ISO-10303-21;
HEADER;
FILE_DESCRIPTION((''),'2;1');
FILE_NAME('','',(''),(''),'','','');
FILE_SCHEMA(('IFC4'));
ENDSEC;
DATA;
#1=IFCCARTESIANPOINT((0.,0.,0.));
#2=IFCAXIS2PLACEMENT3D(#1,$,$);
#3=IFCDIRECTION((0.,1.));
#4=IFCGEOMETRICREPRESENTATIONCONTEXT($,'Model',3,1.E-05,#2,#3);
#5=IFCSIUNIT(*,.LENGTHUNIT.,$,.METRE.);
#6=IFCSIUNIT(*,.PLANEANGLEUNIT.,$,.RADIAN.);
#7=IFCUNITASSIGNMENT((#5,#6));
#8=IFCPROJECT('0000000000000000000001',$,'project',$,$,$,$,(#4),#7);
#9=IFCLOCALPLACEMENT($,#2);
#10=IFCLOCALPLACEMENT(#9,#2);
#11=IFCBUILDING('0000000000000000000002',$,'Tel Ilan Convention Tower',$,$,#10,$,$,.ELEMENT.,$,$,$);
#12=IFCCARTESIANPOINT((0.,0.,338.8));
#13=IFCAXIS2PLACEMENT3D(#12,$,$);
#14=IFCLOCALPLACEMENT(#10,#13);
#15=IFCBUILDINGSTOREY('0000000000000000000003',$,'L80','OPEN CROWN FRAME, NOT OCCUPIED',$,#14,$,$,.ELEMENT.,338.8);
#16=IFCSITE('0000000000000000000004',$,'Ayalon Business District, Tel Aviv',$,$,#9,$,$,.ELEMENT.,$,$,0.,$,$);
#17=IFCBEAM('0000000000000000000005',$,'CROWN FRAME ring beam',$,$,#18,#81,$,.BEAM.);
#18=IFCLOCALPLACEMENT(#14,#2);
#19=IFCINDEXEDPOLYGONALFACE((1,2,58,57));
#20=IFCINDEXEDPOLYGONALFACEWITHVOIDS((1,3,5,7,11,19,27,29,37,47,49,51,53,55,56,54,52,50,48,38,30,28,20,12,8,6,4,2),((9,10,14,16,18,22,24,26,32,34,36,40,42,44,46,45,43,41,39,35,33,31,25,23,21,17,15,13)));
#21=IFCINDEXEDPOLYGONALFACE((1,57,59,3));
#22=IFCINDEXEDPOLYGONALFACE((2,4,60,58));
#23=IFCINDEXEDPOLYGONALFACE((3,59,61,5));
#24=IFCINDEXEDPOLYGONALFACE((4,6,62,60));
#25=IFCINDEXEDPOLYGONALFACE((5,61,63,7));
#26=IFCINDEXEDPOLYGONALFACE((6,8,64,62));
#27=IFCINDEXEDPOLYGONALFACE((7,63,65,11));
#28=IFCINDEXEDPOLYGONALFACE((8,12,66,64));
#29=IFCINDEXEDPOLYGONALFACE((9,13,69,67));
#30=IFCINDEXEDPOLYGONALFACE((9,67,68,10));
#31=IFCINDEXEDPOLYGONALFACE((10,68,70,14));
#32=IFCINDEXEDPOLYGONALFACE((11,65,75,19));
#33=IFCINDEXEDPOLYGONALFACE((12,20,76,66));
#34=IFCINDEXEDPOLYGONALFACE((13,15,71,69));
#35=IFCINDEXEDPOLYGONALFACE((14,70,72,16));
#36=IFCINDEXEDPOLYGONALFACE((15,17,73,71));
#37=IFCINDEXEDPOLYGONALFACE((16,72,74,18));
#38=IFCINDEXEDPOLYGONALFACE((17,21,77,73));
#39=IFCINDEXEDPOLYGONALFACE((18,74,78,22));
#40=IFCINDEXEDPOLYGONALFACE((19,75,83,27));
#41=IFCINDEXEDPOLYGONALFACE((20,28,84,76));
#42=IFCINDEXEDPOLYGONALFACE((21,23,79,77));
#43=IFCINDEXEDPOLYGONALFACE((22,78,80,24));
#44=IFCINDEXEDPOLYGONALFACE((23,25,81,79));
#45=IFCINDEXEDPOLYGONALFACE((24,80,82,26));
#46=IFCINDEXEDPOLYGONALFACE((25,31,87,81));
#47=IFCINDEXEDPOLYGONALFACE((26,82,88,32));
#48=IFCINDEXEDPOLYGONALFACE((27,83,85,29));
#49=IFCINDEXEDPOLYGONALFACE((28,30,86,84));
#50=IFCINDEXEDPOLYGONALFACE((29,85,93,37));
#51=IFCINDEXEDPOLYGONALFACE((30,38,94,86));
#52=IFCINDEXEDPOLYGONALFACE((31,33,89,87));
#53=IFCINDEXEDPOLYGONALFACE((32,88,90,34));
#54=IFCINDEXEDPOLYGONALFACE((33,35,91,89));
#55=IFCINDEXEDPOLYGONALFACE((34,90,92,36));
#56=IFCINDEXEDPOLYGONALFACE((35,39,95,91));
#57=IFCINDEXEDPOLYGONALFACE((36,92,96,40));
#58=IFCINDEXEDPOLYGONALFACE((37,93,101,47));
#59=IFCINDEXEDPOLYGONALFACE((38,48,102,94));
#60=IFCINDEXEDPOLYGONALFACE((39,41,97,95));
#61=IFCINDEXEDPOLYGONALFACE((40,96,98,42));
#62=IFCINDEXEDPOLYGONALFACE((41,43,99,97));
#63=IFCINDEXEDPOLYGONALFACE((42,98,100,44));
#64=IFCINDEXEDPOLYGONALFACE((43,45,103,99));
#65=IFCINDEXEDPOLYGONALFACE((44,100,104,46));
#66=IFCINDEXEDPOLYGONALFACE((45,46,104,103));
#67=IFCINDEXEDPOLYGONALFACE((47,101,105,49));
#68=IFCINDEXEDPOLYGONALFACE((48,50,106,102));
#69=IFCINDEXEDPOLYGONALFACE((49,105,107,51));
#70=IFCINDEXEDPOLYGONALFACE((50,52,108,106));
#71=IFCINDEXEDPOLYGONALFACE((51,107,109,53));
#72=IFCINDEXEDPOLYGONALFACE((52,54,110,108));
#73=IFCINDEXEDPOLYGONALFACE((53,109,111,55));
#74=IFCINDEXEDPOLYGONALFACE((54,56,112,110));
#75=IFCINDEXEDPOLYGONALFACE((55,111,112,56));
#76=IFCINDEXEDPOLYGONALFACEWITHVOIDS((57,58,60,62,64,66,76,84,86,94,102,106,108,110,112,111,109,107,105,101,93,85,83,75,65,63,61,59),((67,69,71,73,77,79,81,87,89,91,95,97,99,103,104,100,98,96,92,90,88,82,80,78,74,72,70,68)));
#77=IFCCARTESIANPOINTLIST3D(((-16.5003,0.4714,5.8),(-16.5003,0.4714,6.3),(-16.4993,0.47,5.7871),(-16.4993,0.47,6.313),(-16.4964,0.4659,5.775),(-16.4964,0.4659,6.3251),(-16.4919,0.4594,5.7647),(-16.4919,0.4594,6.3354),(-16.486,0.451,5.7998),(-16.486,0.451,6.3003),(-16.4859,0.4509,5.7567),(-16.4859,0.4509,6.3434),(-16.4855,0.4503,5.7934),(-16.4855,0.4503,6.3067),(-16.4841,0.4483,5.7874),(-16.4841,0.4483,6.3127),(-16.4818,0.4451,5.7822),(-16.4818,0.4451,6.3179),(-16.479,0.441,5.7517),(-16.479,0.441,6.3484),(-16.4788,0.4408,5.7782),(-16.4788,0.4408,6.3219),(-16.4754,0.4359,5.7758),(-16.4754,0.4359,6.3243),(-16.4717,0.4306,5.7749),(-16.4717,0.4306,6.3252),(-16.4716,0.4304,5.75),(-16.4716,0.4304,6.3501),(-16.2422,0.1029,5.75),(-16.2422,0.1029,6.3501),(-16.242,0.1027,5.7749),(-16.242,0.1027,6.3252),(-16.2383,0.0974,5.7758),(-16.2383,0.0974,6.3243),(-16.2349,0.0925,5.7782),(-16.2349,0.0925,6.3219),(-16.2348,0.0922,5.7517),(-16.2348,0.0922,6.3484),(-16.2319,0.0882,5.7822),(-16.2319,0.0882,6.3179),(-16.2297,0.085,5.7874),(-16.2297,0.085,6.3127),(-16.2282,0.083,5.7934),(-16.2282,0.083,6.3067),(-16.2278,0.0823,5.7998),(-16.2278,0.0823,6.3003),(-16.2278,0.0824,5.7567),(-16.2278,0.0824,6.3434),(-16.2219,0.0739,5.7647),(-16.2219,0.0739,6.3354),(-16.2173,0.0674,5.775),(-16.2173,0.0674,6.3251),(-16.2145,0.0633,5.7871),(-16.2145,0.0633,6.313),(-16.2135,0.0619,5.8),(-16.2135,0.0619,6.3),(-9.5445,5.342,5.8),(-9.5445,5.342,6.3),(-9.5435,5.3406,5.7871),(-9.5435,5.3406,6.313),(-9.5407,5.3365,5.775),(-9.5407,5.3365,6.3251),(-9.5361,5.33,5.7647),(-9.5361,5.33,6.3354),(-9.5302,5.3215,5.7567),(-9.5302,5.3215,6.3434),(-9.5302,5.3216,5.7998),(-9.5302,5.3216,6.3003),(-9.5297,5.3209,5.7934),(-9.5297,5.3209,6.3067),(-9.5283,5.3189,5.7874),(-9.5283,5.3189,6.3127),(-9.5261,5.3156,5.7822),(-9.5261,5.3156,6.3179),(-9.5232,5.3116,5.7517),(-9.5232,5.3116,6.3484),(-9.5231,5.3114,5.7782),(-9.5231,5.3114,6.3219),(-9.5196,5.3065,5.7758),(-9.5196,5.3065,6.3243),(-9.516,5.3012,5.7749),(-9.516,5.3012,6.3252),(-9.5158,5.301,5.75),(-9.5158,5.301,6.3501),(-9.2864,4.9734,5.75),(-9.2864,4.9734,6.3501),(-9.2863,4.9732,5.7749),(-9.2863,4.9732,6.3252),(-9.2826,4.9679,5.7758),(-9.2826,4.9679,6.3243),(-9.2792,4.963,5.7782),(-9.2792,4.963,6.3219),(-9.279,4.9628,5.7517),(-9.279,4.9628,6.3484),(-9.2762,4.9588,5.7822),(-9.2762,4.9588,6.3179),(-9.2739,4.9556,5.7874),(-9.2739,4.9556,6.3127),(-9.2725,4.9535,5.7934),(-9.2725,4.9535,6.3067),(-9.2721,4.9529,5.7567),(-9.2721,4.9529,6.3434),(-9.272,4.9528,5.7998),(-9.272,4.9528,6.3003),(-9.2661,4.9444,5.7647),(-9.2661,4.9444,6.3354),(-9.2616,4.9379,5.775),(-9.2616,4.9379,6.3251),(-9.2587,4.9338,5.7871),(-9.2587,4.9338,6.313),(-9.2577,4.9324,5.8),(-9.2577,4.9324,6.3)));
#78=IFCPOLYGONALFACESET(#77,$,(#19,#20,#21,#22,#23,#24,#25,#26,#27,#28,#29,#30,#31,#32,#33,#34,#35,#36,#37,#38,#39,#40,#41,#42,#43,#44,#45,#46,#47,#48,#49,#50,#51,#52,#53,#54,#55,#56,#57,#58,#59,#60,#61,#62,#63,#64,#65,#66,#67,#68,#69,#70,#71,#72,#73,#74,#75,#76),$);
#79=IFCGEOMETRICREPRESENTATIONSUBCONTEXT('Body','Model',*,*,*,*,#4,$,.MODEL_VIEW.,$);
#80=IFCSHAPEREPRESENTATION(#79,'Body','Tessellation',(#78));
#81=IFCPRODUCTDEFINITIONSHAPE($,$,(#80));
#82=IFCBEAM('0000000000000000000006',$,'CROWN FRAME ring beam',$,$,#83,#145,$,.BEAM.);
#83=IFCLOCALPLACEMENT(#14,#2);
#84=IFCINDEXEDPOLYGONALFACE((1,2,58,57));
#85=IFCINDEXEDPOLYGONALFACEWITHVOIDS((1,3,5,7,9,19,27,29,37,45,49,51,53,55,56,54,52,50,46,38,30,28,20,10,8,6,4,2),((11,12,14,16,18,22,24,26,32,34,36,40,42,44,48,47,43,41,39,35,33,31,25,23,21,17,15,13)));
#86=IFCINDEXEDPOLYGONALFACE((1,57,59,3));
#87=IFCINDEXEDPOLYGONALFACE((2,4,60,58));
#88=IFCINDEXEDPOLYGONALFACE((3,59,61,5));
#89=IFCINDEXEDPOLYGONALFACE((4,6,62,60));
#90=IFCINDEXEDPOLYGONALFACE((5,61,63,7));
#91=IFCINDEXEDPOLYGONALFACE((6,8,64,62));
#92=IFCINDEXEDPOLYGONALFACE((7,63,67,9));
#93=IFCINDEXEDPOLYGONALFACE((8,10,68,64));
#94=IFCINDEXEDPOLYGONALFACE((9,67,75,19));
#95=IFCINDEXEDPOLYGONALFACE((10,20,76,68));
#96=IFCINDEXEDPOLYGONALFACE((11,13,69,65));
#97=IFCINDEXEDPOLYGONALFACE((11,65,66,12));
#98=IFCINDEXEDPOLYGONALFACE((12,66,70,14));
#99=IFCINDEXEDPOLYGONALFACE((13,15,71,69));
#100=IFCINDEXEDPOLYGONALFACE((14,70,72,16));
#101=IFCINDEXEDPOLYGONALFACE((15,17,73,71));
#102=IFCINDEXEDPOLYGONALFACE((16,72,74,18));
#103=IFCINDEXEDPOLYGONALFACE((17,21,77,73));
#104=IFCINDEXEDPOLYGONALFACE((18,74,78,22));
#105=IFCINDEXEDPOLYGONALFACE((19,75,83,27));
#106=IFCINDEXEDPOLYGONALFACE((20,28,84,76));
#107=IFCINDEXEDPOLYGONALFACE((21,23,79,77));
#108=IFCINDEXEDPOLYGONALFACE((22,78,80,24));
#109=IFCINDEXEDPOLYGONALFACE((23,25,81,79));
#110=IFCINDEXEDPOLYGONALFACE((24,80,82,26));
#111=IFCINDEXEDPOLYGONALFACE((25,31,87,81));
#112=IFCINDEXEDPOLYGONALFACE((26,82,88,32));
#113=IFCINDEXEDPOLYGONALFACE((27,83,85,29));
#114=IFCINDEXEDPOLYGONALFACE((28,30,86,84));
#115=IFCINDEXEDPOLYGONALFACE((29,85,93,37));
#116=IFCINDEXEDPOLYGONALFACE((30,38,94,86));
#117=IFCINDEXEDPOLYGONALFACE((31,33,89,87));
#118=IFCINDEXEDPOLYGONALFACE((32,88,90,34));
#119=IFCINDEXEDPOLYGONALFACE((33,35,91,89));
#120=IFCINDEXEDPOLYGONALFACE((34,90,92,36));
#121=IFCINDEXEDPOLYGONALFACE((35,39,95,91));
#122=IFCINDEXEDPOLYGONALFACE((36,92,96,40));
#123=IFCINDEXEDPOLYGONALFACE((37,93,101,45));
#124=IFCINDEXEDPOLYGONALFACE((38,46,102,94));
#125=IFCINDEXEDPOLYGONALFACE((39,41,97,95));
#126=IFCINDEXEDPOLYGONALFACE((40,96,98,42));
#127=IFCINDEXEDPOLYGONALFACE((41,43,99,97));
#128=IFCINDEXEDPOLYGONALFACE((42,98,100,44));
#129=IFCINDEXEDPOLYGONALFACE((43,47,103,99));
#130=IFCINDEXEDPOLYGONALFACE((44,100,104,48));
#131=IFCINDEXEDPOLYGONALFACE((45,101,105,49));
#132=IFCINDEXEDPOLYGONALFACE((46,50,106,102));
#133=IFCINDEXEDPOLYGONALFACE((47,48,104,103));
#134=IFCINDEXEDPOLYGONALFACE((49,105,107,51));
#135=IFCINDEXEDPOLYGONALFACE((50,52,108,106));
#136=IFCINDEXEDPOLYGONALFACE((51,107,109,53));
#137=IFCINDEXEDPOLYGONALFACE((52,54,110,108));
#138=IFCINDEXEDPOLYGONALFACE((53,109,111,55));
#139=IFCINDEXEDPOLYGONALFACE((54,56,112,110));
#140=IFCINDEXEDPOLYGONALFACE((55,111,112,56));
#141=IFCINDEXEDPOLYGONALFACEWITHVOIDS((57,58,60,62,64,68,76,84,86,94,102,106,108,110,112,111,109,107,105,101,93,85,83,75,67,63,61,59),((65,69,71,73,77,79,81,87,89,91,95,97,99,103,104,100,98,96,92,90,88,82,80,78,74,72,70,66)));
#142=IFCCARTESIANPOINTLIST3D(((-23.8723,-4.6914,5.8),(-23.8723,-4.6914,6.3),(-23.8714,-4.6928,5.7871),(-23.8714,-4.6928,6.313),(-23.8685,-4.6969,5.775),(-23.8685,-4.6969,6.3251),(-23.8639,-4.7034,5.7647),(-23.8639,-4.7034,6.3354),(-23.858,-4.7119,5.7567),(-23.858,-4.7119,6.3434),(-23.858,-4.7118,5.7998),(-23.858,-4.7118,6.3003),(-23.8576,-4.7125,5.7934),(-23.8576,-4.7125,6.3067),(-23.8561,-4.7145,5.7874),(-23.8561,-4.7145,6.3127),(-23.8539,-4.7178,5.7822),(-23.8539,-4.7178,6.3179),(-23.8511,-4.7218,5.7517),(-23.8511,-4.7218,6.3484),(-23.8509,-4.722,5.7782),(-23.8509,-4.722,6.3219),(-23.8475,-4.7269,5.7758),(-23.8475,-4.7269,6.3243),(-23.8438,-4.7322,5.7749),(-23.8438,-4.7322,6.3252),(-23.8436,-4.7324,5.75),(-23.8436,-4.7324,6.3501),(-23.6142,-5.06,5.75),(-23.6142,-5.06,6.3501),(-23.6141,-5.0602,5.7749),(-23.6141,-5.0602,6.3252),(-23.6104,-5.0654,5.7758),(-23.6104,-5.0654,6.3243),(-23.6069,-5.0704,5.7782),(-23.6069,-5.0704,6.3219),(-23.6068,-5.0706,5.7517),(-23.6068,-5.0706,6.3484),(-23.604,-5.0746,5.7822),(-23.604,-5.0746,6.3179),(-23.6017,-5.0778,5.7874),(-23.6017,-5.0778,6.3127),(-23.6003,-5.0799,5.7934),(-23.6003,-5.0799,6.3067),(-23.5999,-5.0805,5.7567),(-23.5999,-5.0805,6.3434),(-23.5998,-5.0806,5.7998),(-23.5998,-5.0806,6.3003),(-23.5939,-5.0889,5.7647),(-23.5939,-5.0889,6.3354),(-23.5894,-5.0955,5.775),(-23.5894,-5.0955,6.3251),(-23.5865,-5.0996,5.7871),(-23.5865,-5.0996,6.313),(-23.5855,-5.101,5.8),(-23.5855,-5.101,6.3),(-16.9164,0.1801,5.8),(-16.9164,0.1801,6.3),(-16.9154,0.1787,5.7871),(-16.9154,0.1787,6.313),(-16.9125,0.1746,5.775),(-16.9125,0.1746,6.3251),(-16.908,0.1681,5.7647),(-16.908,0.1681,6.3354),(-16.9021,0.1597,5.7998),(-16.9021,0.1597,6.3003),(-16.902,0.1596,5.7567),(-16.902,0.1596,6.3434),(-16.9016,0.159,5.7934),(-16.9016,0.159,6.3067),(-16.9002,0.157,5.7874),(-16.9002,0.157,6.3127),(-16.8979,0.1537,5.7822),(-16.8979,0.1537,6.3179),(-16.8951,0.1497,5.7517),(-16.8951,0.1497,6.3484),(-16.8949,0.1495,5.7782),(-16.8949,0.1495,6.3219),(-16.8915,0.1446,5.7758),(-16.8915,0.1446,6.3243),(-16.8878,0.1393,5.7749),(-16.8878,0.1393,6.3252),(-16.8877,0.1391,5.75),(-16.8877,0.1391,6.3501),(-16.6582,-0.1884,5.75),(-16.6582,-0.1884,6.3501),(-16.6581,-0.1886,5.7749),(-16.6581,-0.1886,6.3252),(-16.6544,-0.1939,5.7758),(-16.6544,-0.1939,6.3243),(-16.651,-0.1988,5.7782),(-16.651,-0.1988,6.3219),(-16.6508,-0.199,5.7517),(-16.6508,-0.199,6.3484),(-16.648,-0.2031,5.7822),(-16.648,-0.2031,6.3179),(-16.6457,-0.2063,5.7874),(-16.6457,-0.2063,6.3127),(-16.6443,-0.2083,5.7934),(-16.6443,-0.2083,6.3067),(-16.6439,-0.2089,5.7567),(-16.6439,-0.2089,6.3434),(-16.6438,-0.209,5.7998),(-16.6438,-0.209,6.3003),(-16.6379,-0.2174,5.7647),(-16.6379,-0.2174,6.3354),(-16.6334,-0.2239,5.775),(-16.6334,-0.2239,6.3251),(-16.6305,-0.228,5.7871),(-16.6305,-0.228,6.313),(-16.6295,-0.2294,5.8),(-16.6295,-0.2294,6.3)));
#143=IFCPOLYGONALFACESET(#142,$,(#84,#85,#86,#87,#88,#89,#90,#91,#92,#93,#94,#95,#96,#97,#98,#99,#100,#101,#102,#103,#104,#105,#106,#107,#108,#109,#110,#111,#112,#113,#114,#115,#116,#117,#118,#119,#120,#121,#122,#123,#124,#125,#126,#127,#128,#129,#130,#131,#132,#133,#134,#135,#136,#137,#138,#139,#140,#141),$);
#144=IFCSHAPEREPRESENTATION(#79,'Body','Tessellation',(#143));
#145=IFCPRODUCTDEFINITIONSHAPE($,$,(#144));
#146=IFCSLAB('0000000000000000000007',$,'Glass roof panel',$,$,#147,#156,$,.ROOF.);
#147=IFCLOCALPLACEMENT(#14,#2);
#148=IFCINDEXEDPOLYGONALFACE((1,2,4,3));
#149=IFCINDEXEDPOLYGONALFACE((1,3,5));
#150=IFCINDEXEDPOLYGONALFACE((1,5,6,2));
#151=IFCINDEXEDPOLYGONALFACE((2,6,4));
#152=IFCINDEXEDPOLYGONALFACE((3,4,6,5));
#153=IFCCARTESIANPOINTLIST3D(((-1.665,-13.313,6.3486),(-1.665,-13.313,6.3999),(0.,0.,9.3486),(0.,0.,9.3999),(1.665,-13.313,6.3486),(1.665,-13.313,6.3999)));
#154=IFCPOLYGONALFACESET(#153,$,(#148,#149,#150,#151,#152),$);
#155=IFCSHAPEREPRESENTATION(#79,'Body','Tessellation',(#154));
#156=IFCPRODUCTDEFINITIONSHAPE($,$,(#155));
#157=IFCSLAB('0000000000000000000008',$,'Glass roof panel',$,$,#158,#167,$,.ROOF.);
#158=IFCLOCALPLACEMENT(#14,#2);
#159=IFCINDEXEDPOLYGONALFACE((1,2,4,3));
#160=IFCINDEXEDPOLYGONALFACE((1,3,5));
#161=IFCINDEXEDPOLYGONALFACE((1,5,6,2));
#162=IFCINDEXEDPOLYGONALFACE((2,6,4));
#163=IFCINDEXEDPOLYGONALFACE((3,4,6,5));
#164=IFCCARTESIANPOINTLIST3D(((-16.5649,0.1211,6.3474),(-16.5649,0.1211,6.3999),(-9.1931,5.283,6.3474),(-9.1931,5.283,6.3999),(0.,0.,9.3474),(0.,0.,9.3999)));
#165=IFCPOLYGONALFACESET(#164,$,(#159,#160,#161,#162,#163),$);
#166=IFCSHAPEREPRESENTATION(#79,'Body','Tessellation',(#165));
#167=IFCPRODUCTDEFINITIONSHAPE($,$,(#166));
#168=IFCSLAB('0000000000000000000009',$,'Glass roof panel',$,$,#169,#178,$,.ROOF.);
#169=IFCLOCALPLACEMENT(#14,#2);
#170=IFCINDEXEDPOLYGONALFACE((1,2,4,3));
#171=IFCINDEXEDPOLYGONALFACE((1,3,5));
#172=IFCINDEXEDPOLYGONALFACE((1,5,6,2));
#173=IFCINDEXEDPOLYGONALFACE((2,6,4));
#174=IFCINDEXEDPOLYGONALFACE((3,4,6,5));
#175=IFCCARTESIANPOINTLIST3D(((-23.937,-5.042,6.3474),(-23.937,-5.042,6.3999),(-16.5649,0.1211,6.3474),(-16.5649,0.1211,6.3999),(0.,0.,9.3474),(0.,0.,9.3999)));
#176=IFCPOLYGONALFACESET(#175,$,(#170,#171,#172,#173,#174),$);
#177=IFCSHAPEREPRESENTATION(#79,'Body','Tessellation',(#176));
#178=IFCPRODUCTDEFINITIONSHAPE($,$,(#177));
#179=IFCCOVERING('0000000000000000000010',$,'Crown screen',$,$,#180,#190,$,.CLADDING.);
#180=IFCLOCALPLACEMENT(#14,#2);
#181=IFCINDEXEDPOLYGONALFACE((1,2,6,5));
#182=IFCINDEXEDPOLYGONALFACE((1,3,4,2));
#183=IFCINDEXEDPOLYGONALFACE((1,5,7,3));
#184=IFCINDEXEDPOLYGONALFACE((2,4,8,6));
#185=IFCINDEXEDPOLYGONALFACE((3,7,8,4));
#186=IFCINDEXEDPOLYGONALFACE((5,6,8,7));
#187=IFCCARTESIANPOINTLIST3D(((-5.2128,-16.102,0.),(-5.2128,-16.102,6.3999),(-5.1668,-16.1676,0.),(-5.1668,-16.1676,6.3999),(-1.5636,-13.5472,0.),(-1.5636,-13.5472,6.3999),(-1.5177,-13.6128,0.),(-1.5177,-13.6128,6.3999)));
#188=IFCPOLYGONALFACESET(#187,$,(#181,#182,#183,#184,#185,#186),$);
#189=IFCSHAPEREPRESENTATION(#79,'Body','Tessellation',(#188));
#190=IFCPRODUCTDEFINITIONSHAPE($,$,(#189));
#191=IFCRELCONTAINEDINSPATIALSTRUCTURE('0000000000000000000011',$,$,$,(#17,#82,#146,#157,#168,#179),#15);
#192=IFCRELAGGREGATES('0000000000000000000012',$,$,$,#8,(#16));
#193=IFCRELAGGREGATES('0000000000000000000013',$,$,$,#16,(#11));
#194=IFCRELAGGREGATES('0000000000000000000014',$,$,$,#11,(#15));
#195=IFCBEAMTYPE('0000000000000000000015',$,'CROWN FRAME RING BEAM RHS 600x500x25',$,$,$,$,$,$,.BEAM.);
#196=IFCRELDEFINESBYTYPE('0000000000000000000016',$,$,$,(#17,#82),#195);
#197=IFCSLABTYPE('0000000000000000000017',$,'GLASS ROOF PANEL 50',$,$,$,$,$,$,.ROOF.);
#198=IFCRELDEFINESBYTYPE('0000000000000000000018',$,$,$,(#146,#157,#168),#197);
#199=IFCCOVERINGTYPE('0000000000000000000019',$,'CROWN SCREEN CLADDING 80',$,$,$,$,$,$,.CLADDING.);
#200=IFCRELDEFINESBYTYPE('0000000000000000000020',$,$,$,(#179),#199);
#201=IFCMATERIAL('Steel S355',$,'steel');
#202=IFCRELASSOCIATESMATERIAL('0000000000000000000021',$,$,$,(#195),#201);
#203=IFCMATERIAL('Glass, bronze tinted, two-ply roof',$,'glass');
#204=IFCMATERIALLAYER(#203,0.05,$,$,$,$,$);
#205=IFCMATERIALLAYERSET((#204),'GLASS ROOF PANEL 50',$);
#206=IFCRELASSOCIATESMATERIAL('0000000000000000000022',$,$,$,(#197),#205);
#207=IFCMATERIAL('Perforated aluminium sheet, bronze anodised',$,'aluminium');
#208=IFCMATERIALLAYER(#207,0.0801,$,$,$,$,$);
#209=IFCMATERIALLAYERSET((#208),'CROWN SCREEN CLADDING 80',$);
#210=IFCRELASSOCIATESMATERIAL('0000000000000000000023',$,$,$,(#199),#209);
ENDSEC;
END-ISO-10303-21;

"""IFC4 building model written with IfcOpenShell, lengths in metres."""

from ifc_helpers import new_model, si_unit, direction, frame, origin, origin_2d, place, context, subcontext, project, spatial, polyline, rectangle, hollow_rectangle, outline, extrude, material, layer, layer_set, material_profile, profile_set, type_object, element, save


model = new_model("IFC4")

# Units and contexts
model_context = context("Model", 3, precision=1e-05, world=origin(), true_north=direction((0.0, 1.0)))
body_context = subcontext(model_context, "Body", "Model", "MODEL_VIEW")
ifc_project = project(units=[si_unit("LENGTHUNIT", "METRE"), si_unit("PLANEANGLEUNIT", "RADIAN")], contexts=[model_context])

# Site, building, storey
site_placement = place(None, origin())
site = spatial("IfcSite", under=ifc_project, at=site_placement, Name="Ayalon Business District, Tel Aviv", CompositionType="ELEMENT", RefElevation=0.0)
building_placement = place(site_placement, origin())
building = spatial("IfcBuilding", under=site, at=building_placement, Name="Tel Ilan Convention Tower", CompositionType="ELEMENT")
storey_placement = place(building_placement, frame((0.0, 0.0, 338.8)))
storey = spatial("IfcBuildingStorey", under=building, at=storey_placement, Name="L80", Description="OPEN CROWN FRAME, NOT OCCUPIED", CompositionType="ELEMENT", Elevation=338.8)

# Beams
ifc_material_1 = material(Name="Steel S355", Category="steel")
ifc_material_profile_1 = material_profile(ifc_material_1, hollow_rectangle(XDim=0.5, YDim=0.6001, WallThickness=0.0249, InnerFilletRadius=0.0249, OuterFilletRadius=0.05, at=origin_2d()), Name="RHS 600x500x25")
ifc_profile_set_1 = profile_set([ifc_material_profile_1], Name="Steel S355")
beam_type = type_object("IfcBeamType", Name="CROWN FRAME RING BEAM RHS 600x500x25", PredefinedType="BEAM", material=ifc_profile_set_1)
for number, where, z_axis, x_axis, name in (
    (1, (-9.4011, 5.1372, 6.05), (-0.819147, -0.573584, 0.0), (0.573584, -0.819147, 0.0), "CROWN FRAME ring beam"),
):
    element("IfcBeam", number, at=place(storey_placement, frame(where, z_axis=z_axis, x_axis=x_axis)), inside=storey, type_object=beam_type, Name=name, PredefinedType="BEAM", context=body_context, shape_type="SweptSolid", body=[
        extrude(hollow_rectangle(XDim=0.5, YDim=0.6001, WallThickness=0.0249, InnerFilletRadius=0.0249, OuterFilletRadius=0.05, at=origin_2d()), origin(), (0.0, 0.0, 1.0), 8.4915),
    ])
beam_placement = place(storey_placement, frame((-16.7729, -0.0247, 6.05), z_axis=(-0.819102, -0.573648, 0.0), x_axis=(0.573648, -0.819102, 0.0)))
element("IfcBeam", 2, at=beam_placement, inside=storey, type_object=beam_type, Name="CROWN FRAME ring beam", PredefinedType="BEAM", context=body_context, shape_type="SweptSolid", body=[
    extrude(hollow_rectangle(XDim=0.5, YDim=0.6001, WallThickness=0.0249, InnerFilletRadius=0.0249, OuterFilletRadius=0.05, at=origin_2d()), origin(), (0.0, 0.0, 1.0), 8.4922),
])

# Slabs
ifc_material_2 = material(Name="Glass, bronze tinted, two-ply roof", Category="glass")
ifc_layer_1 = layer(ifc_material_2, 0.05)
ifc_layer_set_1 = layer_set([ifc_layer_1], Name="GLASS ROOF PANEL 50")
slab_type = type_object("IfcSlabType", Name="GLASS ROOF PANEL 50", PredefinedType="ROOF", material=ifc_layer_set_1)
slab_1_placement = place(storey_placement, frame((-1.665, -13.313, 6.3999), z_axis=(0.0, -0.219831, 0.975538), x_axis=(1.0, 0.0, 0.0)))
element("IfcSlab", 3, at=slab_1_placement, inside=storey, type_object=slab_type, Name="Glass roof panel", PredefinedType="ROOF", context=body_context, shape_type="SweptSolid", body=[
    extrude(outline(polyline([(0.0, 0.0), (3.3301, 0.0), (1.665, 13.6468), (0.0, 0.0)])), origin(), (0.0, -0.219831, -0.975538), 0.0513),
])
slab_2_placement = place(storey_placement, frame((-9.1931, 5.283, 6.3999), z_axis=(-0.171076, 0.24432, 0.954485), x_axis=(-0.819149, -0.573581, 0.0)))
element("IfcSlab", 4, at=slab_2_placement, inside=storey, type_object=slab_type, Name="Glass roof panel", PredefinedType="ROOF", context=body_context, shape_type="SweptSolid", body=[
    extrude(outline(polyline([(0.0, 0.0), (8.9994, 0.0), (-4.5003, 10.0583), (0.0, 0.0)])), origin(), (0.0, -0.29826, -0.954485), 0.0525),
])
slab_3_placement = place(storey_placement, frame((-16.5649, 0.1211, 6.3999), z_axis=(-0.171079, 0.244273, 0.954496), x_axis=(-0.819094, -0.573659, 0.0)))
element("IfcSlab", 5, at=slab_3_placement, inside=storey, type_object=slab_type, Name="Glass roof panel", PredefinedType="ROOF", context=body_context, shape_type="SweptSolid", body=[
    extrude(outline(polyline([(0.0, 0.0), (9.0003, 0.0), (-13.4988, 10.0596), (0.0, 0.0)])), origin(), (0.0, -0.298224, -0.954496), 0.0525),
])

# Covering
ifc_material_3 = material(Name="Perforated aluminium sheet, bronze anodised", Category="aluminium")
ifc_layer_2 = layer(ifc_material_3, 0.0801)
ifc_layer_set_2 = layer_set([ifc_layer_2], Name="CROWN SCREEN CLADDING 80")
covering_type = type_object("IfcCoveringType", Name="CROWN SCREEN CLADDING 80", PredefinedType="CLADDING", material=ifc_layer_set_2)
covering_placement = place(storey_placement, frame((-3.3652, -14.8574, 0.0), z_axis=(0.0, 0.0, 1.0), x_axis=(0.819185, 0.573529, 0.0)))
element("IfcCovering", 6, at=covering_placement, inside=storey, type_object=covering_type, Name="Crown screen", PredefinedType="CLADDING", context=body_context, shape_type="SweptSolid", body=[
    extrude(rectangle(XDim=4.4546, YDim=0.0801, at=origin_2d()), origin(), (0.0, 0.0, 1.0), 6.3999),
])

save(model, "model.ifc")
